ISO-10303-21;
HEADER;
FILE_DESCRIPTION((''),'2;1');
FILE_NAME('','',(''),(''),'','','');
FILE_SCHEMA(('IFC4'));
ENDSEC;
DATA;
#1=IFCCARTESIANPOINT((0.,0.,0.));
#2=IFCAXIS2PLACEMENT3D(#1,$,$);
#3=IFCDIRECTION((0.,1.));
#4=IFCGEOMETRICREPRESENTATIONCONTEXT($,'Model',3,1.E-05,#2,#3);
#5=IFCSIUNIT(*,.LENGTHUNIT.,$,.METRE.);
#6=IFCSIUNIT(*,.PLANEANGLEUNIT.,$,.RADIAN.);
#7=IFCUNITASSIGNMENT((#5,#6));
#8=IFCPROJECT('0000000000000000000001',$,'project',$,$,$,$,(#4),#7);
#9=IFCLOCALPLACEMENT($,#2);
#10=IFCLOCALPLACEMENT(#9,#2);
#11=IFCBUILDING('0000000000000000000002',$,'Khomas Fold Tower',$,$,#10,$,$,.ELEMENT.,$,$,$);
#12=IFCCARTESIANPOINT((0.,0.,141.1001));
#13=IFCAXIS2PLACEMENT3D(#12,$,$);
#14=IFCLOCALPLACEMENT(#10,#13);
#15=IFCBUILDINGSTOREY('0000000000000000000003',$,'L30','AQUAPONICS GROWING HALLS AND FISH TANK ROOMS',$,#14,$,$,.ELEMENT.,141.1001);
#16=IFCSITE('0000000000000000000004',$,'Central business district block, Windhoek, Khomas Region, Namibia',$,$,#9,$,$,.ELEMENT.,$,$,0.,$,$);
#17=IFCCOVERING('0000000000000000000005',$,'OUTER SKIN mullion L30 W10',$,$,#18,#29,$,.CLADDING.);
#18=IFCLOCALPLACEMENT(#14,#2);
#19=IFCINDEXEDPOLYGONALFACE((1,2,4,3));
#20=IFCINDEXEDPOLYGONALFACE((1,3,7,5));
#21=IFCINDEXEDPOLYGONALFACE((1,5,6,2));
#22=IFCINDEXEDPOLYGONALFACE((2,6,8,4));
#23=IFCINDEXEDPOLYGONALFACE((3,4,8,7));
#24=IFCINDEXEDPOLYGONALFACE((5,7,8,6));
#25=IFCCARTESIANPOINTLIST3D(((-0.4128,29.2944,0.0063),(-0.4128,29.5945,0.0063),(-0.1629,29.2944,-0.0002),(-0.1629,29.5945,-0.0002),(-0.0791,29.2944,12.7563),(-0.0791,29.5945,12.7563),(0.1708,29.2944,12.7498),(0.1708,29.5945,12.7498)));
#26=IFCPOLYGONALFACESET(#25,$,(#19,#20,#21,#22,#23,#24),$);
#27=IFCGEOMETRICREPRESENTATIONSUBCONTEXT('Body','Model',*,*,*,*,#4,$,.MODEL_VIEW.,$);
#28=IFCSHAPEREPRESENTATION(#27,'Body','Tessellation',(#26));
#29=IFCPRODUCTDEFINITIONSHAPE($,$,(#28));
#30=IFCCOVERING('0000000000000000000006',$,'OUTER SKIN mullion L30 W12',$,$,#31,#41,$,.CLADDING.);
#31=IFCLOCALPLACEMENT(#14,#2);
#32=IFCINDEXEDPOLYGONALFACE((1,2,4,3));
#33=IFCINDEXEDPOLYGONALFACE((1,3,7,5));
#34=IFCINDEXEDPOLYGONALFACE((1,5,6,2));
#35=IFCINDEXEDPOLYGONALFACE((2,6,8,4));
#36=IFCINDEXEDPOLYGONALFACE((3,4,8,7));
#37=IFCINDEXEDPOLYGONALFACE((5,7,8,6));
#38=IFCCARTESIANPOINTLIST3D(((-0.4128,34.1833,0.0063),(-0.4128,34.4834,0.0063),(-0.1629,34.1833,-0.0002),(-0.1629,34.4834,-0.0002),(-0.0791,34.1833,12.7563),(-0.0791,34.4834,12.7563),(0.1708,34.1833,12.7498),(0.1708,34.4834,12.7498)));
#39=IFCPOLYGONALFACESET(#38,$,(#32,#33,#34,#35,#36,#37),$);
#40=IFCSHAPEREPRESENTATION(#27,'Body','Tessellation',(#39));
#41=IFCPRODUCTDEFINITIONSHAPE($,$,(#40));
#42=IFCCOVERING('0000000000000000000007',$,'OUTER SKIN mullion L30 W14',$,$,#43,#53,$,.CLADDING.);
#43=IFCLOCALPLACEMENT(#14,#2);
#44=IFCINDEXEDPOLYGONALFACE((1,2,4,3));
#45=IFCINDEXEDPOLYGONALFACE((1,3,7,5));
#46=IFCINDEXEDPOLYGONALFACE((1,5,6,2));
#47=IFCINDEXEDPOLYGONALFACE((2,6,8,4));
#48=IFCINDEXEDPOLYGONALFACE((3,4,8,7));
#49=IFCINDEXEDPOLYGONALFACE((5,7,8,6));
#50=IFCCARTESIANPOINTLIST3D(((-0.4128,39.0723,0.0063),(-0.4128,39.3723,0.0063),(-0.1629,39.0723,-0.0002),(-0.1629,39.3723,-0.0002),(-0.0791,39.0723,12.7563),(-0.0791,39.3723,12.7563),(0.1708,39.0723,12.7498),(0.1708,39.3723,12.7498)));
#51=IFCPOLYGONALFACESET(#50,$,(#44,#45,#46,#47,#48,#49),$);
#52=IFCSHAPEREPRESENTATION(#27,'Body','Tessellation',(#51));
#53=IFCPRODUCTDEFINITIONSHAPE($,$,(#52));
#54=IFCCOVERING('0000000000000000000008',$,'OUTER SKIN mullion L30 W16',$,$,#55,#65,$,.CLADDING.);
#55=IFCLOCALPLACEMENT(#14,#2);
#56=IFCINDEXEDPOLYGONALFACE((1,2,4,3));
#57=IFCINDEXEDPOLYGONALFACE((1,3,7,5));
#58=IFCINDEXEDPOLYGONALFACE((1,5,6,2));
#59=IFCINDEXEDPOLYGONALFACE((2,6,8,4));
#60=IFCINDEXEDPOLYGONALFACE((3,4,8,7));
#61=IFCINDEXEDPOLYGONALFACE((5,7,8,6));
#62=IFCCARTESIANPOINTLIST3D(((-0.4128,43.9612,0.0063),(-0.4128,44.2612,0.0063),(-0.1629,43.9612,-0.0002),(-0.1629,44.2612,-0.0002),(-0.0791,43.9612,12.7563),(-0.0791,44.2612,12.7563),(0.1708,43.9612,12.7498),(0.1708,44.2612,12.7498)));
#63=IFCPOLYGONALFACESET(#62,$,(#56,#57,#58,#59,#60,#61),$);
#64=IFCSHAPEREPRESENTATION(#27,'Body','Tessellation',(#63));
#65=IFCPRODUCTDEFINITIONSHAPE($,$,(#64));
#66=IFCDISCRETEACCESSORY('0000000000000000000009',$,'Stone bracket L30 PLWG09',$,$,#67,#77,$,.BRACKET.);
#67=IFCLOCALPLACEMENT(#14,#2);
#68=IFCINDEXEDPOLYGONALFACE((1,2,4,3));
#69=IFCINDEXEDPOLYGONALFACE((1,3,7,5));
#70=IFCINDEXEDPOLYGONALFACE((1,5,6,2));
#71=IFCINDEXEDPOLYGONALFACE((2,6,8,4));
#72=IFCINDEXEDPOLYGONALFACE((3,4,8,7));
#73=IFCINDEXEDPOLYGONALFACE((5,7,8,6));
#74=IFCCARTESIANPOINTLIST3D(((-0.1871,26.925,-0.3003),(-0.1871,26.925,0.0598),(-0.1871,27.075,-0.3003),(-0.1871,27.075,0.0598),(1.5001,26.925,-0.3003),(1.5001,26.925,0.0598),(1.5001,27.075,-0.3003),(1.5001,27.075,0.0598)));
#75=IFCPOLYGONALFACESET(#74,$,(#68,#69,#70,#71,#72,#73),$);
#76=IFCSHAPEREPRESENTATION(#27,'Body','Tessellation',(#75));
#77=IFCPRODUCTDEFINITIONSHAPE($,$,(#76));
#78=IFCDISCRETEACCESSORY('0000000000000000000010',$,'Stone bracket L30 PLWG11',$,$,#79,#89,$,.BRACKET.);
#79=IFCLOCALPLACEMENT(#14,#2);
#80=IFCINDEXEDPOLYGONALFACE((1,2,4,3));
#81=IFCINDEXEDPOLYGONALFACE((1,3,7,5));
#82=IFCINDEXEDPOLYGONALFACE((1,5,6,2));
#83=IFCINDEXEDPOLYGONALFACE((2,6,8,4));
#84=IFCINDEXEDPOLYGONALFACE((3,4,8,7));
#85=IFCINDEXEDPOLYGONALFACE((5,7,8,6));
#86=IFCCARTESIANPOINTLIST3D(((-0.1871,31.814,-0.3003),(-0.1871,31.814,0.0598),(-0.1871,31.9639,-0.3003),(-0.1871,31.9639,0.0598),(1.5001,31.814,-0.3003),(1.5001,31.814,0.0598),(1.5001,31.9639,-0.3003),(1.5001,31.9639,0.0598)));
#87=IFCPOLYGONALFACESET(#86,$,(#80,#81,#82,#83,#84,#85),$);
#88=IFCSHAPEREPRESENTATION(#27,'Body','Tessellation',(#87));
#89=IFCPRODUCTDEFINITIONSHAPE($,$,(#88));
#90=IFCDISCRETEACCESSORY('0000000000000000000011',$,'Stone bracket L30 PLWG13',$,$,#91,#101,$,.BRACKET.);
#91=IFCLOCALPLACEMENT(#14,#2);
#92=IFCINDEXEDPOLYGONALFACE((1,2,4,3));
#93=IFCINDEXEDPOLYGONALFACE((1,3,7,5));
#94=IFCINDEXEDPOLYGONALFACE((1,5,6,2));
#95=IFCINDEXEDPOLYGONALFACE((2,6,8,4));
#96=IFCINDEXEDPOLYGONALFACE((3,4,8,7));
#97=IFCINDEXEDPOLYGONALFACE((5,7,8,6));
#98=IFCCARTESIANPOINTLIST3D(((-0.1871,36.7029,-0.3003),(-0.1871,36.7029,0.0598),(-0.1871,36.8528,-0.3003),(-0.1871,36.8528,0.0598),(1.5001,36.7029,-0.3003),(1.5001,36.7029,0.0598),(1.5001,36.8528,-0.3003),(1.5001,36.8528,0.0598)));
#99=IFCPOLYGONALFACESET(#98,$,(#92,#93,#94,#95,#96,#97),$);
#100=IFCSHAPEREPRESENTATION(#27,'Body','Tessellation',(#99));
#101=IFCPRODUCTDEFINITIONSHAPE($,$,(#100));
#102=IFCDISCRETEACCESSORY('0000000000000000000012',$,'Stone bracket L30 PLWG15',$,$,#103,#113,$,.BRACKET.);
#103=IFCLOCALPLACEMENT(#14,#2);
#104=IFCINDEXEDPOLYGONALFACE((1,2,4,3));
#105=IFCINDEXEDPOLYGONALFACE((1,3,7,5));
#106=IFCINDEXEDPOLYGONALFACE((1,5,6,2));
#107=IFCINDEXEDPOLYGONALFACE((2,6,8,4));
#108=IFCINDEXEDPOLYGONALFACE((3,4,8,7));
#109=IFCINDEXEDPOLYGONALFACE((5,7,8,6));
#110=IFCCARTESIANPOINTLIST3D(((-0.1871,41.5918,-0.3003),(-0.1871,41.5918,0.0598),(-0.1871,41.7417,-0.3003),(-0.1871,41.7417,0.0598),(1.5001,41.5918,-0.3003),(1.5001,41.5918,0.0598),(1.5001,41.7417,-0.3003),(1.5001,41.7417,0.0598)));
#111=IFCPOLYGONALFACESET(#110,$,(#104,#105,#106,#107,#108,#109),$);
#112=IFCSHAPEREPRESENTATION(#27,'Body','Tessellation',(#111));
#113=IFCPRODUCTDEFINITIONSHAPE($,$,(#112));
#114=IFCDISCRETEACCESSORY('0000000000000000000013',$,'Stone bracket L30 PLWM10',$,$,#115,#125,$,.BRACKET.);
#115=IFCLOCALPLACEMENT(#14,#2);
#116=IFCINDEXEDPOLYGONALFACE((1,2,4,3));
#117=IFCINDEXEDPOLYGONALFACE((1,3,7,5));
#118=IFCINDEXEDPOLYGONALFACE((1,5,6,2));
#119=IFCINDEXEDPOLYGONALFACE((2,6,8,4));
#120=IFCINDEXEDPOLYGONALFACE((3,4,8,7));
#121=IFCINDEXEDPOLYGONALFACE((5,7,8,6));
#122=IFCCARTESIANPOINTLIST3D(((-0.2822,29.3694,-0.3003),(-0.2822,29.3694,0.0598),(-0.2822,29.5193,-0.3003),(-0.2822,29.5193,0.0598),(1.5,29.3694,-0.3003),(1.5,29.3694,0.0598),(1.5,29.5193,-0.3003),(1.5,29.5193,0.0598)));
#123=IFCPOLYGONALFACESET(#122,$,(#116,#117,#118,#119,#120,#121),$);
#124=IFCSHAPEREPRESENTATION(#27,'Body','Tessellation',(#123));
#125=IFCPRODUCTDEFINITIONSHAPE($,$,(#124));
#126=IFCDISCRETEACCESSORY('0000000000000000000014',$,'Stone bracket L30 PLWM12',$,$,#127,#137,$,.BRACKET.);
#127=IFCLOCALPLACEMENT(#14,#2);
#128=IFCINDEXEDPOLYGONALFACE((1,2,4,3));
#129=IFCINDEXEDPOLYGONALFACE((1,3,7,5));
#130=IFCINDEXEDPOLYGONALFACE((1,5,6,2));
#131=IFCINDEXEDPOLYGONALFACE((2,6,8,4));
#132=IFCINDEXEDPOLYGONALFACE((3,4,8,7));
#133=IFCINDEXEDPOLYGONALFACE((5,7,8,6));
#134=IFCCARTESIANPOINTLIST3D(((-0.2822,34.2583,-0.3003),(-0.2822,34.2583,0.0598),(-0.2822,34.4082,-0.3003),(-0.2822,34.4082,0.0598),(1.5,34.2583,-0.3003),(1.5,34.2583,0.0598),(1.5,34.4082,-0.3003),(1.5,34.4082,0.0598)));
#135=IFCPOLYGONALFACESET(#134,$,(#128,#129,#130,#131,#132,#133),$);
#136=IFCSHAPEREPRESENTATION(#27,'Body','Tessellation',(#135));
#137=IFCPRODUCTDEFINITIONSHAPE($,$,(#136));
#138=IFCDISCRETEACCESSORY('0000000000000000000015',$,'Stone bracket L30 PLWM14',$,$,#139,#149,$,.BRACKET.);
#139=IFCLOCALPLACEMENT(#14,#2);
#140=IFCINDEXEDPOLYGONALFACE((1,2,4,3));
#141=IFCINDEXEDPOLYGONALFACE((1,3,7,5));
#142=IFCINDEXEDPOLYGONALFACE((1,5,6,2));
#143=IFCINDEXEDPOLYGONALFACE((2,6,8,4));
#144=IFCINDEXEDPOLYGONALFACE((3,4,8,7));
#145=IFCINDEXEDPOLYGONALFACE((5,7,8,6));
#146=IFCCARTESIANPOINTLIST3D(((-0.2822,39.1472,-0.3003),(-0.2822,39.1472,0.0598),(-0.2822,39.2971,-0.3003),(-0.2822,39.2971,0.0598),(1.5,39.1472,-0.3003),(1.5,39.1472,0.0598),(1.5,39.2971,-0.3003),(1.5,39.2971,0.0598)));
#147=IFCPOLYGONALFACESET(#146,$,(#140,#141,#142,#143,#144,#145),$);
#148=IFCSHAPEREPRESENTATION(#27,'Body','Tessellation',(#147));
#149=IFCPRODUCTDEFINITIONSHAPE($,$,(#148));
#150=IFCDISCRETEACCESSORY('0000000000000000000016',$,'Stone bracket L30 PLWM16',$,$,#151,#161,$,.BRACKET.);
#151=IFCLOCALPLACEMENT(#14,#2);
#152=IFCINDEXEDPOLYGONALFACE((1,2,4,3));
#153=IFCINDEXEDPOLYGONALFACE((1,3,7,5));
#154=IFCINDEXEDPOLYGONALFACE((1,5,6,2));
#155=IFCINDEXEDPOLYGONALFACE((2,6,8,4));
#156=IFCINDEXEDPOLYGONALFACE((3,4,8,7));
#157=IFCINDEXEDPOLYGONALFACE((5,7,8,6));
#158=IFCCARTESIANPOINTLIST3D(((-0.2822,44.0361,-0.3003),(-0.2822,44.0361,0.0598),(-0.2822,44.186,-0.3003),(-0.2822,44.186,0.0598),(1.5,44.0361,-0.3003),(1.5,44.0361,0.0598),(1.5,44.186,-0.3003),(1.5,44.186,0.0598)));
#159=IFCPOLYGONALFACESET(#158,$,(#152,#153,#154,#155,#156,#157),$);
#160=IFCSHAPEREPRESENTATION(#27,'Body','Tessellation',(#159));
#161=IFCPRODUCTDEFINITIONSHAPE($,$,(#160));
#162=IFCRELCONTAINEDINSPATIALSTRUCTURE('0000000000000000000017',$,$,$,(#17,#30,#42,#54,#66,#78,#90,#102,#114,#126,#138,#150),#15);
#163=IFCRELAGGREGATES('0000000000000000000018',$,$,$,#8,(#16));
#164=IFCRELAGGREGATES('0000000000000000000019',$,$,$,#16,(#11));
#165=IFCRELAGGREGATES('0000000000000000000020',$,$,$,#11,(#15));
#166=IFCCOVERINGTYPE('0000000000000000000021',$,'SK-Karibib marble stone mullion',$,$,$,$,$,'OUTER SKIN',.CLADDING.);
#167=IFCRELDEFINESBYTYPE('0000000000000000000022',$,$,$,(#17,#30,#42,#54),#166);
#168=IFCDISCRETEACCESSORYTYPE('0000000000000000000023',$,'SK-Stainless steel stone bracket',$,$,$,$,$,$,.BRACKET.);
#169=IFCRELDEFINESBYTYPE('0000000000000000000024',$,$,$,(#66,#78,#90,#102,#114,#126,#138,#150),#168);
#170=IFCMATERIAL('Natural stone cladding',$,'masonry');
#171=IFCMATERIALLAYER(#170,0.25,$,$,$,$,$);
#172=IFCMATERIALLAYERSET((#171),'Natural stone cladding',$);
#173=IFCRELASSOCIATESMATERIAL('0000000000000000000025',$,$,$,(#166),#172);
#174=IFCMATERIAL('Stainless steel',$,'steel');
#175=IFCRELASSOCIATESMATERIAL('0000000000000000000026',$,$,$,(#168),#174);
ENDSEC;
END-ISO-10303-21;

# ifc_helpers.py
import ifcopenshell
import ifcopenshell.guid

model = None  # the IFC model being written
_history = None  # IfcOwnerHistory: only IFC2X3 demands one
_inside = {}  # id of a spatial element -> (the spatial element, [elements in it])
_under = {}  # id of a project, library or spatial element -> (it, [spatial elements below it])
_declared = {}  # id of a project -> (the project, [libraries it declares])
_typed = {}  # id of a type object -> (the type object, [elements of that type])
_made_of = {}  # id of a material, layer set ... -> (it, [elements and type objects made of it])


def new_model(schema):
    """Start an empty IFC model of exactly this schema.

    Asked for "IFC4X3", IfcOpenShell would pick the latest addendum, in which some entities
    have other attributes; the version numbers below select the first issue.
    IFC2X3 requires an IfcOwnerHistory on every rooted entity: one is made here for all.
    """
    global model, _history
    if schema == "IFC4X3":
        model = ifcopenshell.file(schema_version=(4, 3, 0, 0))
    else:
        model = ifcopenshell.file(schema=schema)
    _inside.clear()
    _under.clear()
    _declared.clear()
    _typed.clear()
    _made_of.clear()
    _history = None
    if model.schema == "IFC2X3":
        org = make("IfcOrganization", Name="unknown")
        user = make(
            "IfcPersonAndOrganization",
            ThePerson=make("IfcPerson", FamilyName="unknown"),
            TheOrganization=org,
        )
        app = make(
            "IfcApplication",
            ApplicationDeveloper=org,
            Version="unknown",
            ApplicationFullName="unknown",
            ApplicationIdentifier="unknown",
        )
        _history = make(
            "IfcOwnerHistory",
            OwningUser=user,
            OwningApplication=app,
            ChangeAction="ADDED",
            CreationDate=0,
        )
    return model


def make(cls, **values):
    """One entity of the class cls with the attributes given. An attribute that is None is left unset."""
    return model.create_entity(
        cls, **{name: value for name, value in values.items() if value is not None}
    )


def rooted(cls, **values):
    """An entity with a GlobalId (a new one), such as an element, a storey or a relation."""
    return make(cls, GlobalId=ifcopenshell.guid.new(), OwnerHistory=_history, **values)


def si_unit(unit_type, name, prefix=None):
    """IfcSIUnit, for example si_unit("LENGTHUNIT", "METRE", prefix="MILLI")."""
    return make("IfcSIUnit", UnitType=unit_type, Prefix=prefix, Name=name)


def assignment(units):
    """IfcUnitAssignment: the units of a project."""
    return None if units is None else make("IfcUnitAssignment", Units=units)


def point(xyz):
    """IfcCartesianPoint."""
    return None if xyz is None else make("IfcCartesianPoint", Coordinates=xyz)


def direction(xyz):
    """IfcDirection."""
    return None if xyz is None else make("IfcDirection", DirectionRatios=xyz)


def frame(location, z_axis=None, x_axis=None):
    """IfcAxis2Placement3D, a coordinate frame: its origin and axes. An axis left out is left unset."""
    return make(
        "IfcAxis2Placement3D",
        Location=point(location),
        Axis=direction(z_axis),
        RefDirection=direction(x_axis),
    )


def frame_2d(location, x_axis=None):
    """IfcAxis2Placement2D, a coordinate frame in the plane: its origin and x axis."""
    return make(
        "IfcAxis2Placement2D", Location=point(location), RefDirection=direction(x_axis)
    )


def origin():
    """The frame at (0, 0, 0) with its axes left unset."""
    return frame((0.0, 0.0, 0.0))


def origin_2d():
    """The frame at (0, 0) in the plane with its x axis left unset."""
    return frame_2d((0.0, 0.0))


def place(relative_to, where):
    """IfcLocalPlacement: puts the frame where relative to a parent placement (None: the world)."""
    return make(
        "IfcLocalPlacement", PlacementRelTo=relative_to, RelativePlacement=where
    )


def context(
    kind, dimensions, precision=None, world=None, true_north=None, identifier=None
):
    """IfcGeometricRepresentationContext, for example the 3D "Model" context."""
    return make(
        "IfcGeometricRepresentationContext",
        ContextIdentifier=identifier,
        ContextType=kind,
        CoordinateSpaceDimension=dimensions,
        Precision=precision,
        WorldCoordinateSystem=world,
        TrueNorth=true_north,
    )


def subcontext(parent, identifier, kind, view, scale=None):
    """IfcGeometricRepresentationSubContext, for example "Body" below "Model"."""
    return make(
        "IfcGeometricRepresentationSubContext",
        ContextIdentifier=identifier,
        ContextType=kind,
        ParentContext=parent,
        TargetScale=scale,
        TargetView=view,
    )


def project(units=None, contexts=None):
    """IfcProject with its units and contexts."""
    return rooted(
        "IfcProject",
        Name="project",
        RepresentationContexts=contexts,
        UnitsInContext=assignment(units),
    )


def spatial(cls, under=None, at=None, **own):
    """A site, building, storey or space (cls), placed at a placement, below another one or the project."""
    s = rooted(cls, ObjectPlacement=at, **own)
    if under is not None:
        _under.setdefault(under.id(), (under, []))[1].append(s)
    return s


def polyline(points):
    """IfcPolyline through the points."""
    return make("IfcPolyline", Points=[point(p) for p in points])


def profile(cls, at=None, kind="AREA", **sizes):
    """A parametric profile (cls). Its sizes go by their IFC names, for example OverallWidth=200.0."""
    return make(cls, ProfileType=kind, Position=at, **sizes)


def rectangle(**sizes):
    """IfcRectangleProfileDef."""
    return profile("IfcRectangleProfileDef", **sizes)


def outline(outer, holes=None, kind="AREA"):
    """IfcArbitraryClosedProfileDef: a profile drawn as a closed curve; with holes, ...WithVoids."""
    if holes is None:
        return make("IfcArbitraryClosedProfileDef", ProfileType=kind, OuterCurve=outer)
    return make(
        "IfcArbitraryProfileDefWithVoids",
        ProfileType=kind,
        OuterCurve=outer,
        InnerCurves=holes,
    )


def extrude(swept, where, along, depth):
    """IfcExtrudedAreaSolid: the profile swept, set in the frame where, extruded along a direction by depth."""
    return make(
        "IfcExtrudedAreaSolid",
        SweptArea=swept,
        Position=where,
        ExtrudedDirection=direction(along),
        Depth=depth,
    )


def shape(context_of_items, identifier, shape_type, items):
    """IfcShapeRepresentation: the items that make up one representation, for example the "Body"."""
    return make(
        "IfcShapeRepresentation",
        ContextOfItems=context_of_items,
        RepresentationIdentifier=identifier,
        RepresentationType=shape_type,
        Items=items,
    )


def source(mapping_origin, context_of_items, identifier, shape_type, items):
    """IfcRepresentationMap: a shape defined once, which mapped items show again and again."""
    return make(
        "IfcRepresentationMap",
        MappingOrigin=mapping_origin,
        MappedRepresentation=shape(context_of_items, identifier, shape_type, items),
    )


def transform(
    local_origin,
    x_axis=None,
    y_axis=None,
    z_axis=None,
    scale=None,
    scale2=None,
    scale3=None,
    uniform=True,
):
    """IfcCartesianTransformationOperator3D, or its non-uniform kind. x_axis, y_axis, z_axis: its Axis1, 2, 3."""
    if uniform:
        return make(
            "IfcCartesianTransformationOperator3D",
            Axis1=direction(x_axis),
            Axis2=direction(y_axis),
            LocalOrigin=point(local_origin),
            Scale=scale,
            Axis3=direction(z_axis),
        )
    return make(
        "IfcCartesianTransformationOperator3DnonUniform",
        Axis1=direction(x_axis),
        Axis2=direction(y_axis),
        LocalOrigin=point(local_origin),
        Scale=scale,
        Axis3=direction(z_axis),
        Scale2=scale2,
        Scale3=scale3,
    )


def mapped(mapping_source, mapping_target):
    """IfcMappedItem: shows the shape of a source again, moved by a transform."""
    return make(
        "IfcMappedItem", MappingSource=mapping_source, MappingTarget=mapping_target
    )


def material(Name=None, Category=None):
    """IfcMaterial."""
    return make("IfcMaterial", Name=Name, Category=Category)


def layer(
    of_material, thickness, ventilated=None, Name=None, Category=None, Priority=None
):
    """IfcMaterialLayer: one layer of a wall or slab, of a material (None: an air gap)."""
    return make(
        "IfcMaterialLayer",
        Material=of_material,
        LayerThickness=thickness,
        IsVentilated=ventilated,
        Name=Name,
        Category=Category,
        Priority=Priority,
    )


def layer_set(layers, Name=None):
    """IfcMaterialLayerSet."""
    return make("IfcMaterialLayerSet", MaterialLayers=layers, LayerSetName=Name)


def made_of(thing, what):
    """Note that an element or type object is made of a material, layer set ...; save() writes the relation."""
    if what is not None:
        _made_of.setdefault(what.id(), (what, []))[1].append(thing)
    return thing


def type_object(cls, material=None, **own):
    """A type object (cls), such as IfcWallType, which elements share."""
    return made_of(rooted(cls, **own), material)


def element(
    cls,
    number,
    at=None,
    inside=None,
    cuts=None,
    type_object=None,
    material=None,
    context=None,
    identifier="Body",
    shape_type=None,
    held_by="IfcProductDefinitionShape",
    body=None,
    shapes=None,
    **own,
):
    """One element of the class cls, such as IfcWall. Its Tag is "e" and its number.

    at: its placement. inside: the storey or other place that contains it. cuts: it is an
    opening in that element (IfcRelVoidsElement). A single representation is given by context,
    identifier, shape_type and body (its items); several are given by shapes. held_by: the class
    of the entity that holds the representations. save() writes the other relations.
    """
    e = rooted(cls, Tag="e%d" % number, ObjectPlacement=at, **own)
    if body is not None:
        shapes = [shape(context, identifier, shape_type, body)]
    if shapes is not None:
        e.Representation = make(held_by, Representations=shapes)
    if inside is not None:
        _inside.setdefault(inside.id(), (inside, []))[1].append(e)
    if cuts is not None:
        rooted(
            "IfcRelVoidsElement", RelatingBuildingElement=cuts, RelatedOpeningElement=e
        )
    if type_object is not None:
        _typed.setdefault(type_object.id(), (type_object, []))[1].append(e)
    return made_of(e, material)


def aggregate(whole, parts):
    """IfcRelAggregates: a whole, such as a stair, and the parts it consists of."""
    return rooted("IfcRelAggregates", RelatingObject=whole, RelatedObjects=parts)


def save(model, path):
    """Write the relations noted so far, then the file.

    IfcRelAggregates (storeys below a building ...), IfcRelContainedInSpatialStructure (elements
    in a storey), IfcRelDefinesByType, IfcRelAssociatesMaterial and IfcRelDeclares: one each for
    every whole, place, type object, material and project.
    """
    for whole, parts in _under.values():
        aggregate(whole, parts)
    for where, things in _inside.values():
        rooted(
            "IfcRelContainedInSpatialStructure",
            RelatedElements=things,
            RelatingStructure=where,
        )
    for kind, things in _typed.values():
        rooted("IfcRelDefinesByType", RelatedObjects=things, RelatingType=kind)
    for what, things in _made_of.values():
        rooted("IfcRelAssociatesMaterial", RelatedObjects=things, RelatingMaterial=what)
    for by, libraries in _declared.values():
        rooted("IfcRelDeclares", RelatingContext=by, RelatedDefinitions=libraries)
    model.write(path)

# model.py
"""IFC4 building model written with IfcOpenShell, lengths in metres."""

from ifc_helpers import new_model, si_unit, direction, frame, origin, origin_2d, place, context, subcontext, project, spatial, polyline, rectangle, outline, extrude, source, transform, mapped, material, layer, layer_set, type_object, element, save


model = new_model("IFC4")

# Units and contexts
model_context = context("Model", 3, precision=1e-05, world=origin(), true_north=direction((0.0, 1.0)))
body_context = subcontext(model_context, "Body", "Model", "MODEL_VIEW")
ifc_project = project(units=[si_unit("LENGTHUNIT", "METRE"), si_unit("PLANEANGLEUNIT", "RADIAN")], contexts=[model_context])

# Site, building, storey
site_placement = place(None, origin())
site = spatial("IfcSite", under=ifc_project, at=site_placement, Name="Central business district block, Windhoek, Khomas Region, Namibia", CompositionType="ELEMENT", RefElevation=0.0)
building_placement = place(site_placement, origin())
building = spatial("IfcBuilding", under=site, at=building_placement, Name="Khomas Fold Tower", CompositionType="ELEMENT")
storey_placement = place(building_placement, frame((0.0, 0.0, 141.1001)))
storey = spatial("IfcBuildingStorey", under=building, at=storey_placement, Name="L30", Description="AQUAPONICS GROWING HALLS AND FISH TANK ROOMS", CompositionType="ELEMENT", Elevation=141.1001)

# Coverings
ifc_material_1 = material(Name="Natural stone cladding", Category="masonry")
ifc_layer_1 = layer(ifc_material_1, 0.25)
ifc_layer_set_1 = layer_set([ifc_layer_1], Name="Natural stone cladding")
covering_type = type_object("IfcCoveringType", Name="SK-Karibib marble stone mullion", ElementType="OUTER SKIN", PredefinedType="CLADDING", material=ifc_layer_set_1)
for number, where, z_axis, x_axis, name in (
    (1, (-0.4128, 29.2944, 0.0063), (-0.999658, 0.0, 0.026167), (0.0, 1.0, 0.0), "OUTER SKIN mullion L30 W10"),
    (2, (-0.4128, 34.1833, 0.0063), (-0.999658, 0.0, 0.026167), (0.0, 1.0, 0.0), "OUTER SKIN mullion L30 W12"),
    (3, (-0.4128, 39.0723, 0.0063), (-0.999658, 0.0, 0.026167), (0.0, 1.0, 0.0), "OUTER SKIN mullion L30 W14"),
    (4, (-0.4128, 43.9612, 0.0063), (-0.999658, 0.0, 0.026167), (0.0, 1.0, 0.0), "OUTER SKIN mullion L30 W16"),
):
    element("IfcCovering", number, at=place(storey_placement, frame(where, z_axis=z_axis, x_axis=x_axis)), inside=storey, type_object=covering_type, Name=name, PredefinedType="CLADDING", context=body_context, shape_type="SweptSolid", body=[
        extrude(outline(polyline([(0.0, 0.0), (0.3, 0.0), (0.3, -12.7544), (0.0, -12.7544), (0.0, 0.0)])), origin(), (0.0, 0.0, -1.0), 0.25),
    ])

# Discrete accessories
ifc_material_2 = material(Name="Stainless steel", Category="steel")
discrete_accessory_type = type_object("IfcDiscreteAccessoryType", Name="SK-Stainless steel stone bracket", PredefinedType="BRACKET", material=ifc_material_2)
shared_shape_1 = source(origin(), body_context, "Body", "SweptSolid", [
    extrude(rectangle(XDim=1.6873, YDim=0.1499, at=origin_2d()), origin(), (0.0, 0.0, 1.0), 0.3601),
])
for number, where, z_axis, x_axis, name in (
    (5, (0.6565, 27.0, -0.3003), (0.0, 0.0, 1.0), (-1.0, 0.0, 0.0), "Stone bracket L30 PLWG09"),
    (6, (0.6565, 31.8889, -0.3003), (0.0, 0.0, 1.0), (-1.0, 0.0, 0.0), "Stone bracket L30 PLWG11"),
    (7, (0.6565, 36.7778, -0.3003), (0.0, 0.0, 1.0), (-1.0, 0.0, 0.0), "Stone bracket L30 PLWG13"),
    (8, (0.6565, 41.6667, -0.3003), (0.0, 0.0, 1.0), (-1.0, 0.0, 0.0), "Stone bracket L30 PLWG15"),
):
    element("IfcDiscreteAccessory", number, at=place(storey_placement, frame(where, z_axis=z_axis, x_axis=x_axis)), inside=storey, type_object=discrete_accessory_type, Name=name, PredefinedType="BRACKET", context=body_context, shape_type="MappedRepresentation", body=[
        mapped(shared_shape_1, transform((0.0, 0.0, 0.0))),
    ])
shared_shape_2 = source(origin(), body_context, "Body", "SweptSolid", [
    extrude(rectangle(XDim=1.7822, YDim=0.1499, at=origin_2d()), origin(), (0.0, 0.0, 1.0), 0.3601),
])
for number, where, z_axis, x_axis, name in (
    (9, (0.6089, 29.4443, -0.3003), (0.0, 0.0, 1.0), (-1.0, 0.0, 0.0), "Stone bracket L30 PLWM10"),
    (10, (0.6089, 34.3333, -0.3003), (0.0, 0.0, 1.0), (-1.0, 0.0, 0.0), "Stone bracket L30 PLWM12"),
    (11, (0.6089, 39.2222, -0.3003), (0.0, 0.0, 1.0), (-1.0, 0.0, 0.0), "Stone bracket L30 PLWM14"),
    (12, (0.6089, 44.1111, -0.3003), (0.0, 0.0, 1.0), (-1.0, 0.0, 0.0), "Stone bracket L30 PLWM16"),
):
    element("IfcDiscreteAccessory", number, at=place(storey_placement, frame(where, z_axis=z_axis, x_axis=x_axis)), inside=storey, type_object=discrete_accessory_type, Name=name, PredefinedType="BRACKET", context=body_context, shape_type="MappedRepresentation", body=[
        mapped(shared_shape_2, transform((0.0, 0.0, 0.0))),
    ])

save(model, "model.ifc")
